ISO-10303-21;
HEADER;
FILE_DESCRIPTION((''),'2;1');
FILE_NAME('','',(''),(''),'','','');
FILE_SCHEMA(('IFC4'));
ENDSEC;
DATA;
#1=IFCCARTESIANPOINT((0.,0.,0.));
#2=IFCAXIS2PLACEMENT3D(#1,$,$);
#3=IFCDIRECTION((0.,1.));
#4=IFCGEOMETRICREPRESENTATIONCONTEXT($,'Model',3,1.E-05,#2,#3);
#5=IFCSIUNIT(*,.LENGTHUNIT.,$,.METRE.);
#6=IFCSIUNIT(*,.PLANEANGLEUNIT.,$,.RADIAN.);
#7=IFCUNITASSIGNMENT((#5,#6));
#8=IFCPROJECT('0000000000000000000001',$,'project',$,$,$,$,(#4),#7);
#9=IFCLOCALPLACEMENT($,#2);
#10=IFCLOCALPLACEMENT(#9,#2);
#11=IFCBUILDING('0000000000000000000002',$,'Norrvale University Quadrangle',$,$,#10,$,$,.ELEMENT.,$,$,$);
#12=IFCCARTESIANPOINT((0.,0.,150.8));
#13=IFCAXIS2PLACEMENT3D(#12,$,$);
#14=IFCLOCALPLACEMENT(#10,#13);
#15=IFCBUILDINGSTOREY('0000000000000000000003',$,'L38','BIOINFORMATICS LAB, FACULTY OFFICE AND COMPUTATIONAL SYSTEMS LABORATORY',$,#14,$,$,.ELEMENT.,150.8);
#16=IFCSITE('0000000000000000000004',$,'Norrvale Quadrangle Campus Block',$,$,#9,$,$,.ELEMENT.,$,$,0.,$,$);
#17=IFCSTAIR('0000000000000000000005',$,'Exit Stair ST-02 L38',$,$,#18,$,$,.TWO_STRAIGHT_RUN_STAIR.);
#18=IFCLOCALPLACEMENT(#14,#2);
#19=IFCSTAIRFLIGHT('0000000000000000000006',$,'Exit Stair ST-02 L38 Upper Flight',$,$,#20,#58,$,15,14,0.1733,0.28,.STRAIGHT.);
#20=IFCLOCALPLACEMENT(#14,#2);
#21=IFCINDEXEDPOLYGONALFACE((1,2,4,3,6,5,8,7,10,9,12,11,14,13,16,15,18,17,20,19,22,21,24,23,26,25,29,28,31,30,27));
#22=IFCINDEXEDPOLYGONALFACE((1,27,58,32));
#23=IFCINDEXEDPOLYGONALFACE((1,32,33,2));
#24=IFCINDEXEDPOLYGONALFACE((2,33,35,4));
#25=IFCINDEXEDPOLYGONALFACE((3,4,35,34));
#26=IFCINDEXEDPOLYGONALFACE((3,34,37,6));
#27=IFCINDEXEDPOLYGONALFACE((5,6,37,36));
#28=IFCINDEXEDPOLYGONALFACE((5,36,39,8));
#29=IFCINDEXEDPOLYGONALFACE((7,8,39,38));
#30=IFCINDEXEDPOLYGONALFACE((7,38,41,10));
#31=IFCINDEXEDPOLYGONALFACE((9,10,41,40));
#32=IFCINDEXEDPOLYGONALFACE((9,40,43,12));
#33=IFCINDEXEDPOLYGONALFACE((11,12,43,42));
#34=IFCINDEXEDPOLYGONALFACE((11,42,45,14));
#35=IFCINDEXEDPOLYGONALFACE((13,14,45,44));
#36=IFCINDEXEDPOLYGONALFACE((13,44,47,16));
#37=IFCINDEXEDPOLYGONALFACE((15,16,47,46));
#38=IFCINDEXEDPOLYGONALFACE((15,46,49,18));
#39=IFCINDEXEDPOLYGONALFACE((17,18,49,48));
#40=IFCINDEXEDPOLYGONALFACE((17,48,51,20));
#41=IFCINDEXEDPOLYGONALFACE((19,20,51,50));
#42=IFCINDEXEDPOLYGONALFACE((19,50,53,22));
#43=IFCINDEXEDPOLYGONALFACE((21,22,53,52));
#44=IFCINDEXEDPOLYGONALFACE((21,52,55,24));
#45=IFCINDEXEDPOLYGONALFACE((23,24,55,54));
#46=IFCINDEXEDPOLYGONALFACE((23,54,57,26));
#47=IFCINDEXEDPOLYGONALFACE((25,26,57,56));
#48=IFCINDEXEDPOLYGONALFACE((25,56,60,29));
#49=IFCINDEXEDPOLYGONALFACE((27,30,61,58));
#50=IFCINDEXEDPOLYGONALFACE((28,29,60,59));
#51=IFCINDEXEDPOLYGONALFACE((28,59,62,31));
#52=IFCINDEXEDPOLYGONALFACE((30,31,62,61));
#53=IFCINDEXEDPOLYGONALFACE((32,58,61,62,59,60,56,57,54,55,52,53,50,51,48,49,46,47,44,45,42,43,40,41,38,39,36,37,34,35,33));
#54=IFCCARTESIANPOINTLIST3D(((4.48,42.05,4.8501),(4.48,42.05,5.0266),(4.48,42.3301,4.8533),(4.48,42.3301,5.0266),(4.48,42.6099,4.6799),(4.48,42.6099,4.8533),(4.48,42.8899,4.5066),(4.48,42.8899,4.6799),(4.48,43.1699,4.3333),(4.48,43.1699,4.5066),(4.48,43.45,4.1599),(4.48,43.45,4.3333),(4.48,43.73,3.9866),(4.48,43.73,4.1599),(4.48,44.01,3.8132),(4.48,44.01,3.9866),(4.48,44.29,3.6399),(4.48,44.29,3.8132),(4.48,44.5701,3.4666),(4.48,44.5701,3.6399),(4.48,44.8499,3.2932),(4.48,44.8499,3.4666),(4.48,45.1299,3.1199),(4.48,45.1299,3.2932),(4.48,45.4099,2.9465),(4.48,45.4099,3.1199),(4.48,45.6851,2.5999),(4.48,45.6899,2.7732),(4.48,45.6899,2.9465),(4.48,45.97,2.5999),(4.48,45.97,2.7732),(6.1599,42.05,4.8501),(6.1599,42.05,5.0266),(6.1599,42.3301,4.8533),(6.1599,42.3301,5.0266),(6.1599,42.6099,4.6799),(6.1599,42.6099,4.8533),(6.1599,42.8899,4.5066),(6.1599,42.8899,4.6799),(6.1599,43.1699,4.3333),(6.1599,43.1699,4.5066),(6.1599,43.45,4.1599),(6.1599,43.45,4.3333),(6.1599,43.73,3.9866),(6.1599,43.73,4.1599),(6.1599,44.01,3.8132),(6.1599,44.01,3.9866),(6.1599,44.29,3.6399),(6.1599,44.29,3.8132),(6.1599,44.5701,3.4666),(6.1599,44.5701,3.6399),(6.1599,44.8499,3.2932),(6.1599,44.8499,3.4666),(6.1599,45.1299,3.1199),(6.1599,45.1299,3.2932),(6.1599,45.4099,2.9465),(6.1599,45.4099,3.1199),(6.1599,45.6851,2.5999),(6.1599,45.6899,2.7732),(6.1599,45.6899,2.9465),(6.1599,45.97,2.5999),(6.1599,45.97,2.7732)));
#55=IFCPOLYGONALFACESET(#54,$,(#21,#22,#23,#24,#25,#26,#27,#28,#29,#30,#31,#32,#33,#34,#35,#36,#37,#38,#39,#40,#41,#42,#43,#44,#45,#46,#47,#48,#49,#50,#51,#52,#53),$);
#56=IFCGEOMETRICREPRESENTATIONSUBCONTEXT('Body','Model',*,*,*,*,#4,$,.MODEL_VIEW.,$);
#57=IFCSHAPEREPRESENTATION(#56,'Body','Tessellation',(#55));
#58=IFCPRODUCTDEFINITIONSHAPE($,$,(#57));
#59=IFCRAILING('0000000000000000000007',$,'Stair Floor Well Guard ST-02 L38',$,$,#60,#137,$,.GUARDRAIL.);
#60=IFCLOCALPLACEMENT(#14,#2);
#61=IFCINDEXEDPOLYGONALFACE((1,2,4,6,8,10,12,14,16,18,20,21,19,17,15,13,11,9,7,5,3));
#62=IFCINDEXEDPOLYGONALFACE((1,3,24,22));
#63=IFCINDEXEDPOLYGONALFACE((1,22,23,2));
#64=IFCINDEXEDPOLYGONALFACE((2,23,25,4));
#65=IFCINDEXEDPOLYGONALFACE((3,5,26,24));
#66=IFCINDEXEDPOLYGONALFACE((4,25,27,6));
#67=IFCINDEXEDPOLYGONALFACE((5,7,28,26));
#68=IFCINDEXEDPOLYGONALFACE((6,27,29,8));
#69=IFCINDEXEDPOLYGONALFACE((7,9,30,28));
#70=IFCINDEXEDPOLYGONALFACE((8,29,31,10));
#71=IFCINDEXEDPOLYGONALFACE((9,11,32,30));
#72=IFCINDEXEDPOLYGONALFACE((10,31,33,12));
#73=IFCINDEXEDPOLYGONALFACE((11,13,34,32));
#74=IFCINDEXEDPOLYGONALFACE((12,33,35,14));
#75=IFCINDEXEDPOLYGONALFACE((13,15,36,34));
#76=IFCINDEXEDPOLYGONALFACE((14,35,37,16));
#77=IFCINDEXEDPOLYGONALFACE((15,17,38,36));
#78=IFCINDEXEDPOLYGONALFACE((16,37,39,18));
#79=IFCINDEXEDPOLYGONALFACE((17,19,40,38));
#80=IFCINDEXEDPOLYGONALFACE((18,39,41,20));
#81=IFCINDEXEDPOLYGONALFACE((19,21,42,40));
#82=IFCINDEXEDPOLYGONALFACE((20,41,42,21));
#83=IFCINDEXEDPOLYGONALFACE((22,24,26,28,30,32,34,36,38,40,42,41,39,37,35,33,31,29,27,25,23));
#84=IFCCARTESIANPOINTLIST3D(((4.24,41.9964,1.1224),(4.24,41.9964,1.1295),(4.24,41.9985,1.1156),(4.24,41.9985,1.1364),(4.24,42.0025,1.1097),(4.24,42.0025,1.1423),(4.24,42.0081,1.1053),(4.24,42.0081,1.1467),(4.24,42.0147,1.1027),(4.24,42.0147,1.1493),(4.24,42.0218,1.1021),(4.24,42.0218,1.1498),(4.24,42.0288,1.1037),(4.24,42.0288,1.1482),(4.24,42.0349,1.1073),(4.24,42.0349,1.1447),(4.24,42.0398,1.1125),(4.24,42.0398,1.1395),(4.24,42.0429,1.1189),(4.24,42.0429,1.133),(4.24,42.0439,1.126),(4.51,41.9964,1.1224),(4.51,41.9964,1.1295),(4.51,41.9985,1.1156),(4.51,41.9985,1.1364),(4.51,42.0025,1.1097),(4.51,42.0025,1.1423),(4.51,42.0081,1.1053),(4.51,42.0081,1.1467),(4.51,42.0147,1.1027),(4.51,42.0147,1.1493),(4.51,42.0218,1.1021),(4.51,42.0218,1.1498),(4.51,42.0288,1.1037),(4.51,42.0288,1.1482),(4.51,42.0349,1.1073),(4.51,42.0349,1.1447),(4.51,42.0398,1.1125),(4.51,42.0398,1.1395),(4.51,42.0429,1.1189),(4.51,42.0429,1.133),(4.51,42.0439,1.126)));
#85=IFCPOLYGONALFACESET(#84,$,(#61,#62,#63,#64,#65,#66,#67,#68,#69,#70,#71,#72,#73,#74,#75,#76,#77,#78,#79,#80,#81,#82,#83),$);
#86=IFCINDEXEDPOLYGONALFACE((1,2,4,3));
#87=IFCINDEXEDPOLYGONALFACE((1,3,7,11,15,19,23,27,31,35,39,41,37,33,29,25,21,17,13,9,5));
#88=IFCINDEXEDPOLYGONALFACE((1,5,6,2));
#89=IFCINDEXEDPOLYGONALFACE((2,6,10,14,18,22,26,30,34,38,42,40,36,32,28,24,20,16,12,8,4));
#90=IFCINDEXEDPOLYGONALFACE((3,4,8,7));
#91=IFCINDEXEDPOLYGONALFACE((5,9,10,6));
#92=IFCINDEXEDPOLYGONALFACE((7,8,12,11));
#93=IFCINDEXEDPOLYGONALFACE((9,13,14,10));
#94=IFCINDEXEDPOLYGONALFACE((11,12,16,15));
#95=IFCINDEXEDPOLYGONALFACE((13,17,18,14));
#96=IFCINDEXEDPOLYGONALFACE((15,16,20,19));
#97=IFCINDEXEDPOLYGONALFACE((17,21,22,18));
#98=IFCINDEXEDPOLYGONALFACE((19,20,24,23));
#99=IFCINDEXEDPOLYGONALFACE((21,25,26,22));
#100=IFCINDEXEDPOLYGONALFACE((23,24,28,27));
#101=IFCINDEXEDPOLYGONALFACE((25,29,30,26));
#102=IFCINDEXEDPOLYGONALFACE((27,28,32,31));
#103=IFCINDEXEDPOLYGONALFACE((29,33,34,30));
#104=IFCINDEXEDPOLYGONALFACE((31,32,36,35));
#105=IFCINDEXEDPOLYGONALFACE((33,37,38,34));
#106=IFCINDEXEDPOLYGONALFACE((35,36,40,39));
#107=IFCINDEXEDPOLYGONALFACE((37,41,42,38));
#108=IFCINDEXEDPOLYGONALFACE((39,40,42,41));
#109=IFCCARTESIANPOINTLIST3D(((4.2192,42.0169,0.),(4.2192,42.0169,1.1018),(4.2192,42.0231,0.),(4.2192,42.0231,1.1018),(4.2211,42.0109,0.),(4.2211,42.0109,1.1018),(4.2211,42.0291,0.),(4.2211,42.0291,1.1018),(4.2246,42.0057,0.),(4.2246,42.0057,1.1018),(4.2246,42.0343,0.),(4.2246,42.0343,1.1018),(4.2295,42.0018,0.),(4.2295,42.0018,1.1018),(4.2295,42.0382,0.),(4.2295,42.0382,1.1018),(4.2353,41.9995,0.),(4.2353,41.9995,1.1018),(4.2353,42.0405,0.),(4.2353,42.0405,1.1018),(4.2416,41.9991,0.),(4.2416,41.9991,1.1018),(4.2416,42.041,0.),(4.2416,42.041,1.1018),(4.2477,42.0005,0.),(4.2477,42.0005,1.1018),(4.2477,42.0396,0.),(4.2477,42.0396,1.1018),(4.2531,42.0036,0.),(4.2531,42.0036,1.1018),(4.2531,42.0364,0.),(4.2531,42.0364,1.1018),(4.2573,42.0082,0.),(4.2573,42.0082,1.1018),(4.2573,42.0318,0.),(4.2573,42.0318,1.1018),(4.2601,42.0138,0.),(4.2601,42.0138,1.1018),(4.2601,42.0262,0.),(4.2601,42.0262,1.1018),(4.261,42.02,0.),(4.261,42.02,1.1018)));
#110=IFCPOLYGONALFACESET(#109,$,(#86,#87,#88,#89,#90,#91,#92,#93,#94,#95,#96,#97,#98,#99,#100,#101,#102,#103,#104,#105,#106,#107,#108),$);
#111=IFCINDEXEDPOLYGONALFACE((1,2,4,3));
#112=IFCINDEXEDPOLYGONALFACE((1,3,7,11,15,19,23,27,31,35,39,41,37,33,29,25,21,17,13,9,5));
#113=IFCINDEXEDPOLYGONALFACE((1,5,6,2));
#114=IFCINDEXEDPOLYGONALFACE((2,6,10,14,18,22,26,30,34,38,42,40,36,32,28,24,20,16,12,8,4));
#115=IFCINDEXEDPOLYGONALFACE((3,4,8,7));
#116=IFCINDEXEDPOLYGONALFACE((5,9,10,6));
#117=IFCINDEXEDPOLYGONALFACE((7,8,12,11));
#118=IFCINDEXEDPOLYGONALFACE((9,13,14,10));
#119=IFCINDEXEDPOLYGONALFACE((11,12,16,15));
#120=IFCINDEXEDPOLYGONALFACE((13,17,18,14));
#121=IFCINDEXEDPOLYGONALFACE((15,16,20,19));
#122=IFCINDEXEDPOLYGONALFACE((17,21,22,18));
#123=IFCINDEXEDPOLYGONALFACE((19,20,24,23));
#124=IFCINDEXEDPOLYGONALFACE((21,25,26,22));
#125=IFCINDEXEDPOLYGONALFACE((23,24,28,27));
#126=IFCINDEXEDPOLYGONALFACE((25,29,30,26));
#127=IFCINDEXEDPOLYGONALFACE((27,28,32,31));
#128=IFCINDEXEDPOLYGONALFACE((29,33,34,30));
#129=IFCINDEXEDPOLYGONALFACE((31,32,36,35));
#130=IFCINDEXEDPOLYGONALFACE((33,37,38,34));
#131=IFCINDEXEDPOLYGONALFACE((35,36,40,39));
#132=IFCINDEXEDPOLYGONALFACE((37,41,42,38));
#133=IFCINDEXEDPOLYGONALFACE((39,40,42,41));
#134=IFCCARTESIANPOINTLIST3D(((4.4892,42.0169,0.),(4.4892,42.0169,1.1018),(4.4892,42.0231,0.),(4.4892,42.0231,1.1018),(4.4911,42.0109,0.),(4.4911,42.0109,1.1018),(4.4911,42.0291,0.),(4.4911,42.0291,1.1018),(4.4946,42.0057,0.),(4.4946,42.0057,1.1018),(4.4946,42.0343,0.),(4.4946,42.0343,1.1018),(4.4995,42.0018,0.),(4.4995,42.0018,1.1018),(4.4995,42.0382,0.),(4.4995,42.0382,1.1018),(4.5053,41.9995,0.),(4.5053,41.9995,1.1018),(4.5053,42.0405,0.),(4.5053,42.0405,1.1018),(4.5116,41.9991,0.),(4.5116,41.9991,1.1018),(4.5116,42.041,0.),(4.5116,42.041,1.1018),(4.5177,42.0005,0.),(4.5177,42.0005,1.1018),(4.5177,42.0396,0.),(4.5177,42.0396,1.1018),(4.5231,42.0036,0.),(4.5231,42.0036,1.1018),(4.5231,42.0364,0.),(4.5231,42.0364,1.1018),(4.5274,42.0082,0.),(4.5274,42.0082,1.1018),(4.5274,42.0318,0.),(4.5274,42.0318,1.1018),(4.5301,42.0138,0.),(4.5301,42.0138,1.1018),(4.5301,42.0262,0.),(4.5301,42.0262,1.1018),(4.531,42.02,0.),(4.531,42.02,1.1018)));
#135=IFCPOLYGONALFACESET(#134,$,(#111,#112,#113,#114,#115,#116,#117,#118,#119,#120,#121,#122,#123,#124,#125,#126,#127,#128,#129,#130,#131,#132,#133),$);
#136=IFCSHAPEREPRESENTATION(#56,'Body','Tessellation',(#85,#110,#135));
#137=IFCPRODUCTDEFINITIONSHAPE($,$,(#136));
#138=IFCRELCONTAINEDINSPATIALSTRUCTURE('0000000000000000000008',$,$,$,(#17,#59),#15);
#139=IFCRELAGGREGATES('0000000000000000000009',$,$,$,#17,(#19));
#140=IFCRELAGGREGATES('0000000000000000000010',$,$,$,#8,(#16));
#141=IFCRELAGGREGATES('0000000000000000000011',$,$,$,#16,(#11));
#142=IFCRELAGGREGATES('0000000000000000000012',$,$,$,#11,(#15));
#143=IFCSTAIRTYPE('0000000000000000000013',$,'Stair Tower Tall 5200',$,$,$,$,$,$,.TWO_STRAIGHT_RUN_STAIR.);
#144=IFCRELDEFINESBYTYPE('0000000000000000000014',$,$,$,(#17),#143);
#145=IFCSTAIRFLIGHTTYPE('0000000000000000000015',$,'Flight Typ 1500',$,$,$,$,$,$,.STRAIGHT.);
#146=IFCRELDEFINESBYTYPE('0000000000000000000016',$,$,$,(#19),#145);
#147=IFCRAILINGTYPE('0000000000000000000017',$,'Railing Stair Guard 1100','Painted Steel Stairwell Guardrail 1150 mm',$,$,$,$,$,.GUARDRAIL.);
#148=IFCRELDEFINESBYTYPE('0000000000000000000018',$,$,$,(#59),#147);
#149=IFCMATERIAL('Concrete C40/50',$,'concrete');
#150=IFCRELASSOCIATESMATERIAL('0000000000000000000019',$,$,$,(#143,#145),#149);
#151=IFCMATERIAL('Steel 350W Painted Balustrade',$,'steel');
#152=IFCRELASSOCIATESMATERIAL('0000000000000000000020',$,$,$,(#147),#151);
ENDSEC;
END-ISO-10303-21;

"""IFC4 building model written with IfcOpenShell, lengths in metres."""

from ifc_helpers import new_model, si_unit, direction, frame, origin, origin_2d, place, context, subcontext, project, spatial, polyline, circle, outline, extrude, material, type_object, element, aggregate, save


model = new_model("IFC4")

# Units and contexts
model_context = context("Model", 3, precision=1e-05, world=origin(), true_north=direction((0.0, 1.0)))
body_context = subcontext(model_context, "Body", "Model", "MODEL_VIEW")
ifc_project = project(units=[si_unit("LENGTHUNIT", "METRE"), si_unit("PLANEANGLEUNIT", "RADIAN")], contexts=[model_context])

# Site, building, storey
site_placement = place(None, origin())
site = spatial("IfcSite", under=ifc_project, at=site_placement, Name="Norrvale Quadrangle Campus Block", CompositionType="ELEMENT", RefElevation=0.0)
building_placement = place(site_placement, origin())
building = spatial("IfcBuilding", under=site, at=building_placement, Name="Norrvale University Quadrangle", CompositionType="ELEMENT")
storey_placement = place(building_placement, frame((0.0, 0.0, 150.8)))
storey = spatial("IfcBuildingStorey", under=building, at=storey_placement, Name="L38", Description="BIOINFORMATICS LAB, FACULTY OFFICE AND COMPUTATIONAL SYSTEMS LABORATORY", CompositionType="ELEMENT", Elevation=150.8)

# Stair, stair flight
ifc_material_1 = material(Name="Concrete C40/50", Category="concrete")
stair_type = type_object("IfcStairType", Name="Stair Tower Tall 5200", PredefinedType="TWO_STRAIGHT_RUN_STAIR", material=ifc_material_1)
stair_placement = place(storey_placement, origin())
stair = element("IfcStair", 1, at=stair_placement, inside=storey, type_object=stair_type, Name="Exit Stair ST-02 L38", PredefinedType="TWO_STRAIGHT_RUN_STAIR")
stair_flight_type = type_object("IfcStairFlightType", Name="Flight Typ 1500", PredefinedType="STRAIGHT", material=ifc_material_1)
stair_flight_1_placement = place(storey_placement, frame((5.3201, 45.97, 2.5999), z_axis=(0.0, 0.0, 1.0), x_axis=(0.0, -1.0, 0.0)))
stair_flight_1 = element("IfcStairFlight", 2, at=stair_flight_1_placement, type_object=stair_flight_type, Name="Exit Stair ST-02 L38 Upper Flight", NumberOfRisers=15, NumberOfTreads=14, PredefinedType="STRAIGHT", RiserHeight=0.1733, TreadLength=0.28, context=body_context, shape_type="SweptSolid", body=[
    extrude(outline(polyline([(0.0, 0.0), (0.0, 0.1733), (0.28, 0.1733), (0.28, 0.3467), (0.5601, 0.3467), (0.5601, 0.52), (0.8401, 0.52), (0.8401, 0.6934), (1.1201, 0.6934), (1.1201, 0.8667), (1.3999, 0.8667), (1.3999, 1.04), (1.6799, 1.04), (1.6799, 1.2134), (1.96, 1.2134), (1.96, 1.3867), (2.24, 1.3867), (2.24, 1.5601), (2.52, 1.5601), (2.52, 1.7334), (2.8, 1.7334), (2.8, 1.9067), (3.0801, 1.9067), (3.0801, 2.0801), (3.3601, 2.0801), (3.3601, 2.2534), (3.6399, 2.2534), (3.6399, 2.4268), (3.9199, 2.4268), (3.9199, 2.6001), (3.9199, 2.2502), (0.2849, 0.0), (0.0, 0.0)])), frame((0.0, 0.8398, 0.0), z_axis=(0.0, -1.0, 0.0), x_axis=(1.0, 0.0, 0.0)), (0.0, 0.0, 1.0), 1.6799),
])
aggregate(stair, [stair_flight_1])

# Railing
ifc_material_2 = material(Name="Steel 350W Painted Balustrade", Category="steel")
railing_type_1 = type_object("IfcRailingType", Name="Railing Stair Guard 1100", Description="Painted Steel Stairwell Guardrail 1150 mm", PredefinedType="GUARDRAIL", material=ifc_material_2)
for number, where, name in (
    (3, (4.24, 42.02, 0.0), "Stair Floor Well Guard ST-02 L38"),
):
    element("IfcRailing", number, at=place(storey_placement, frame(where)), inside=storey, type_object=railing_type_1, Name=name, PredefinedType="GUARDRAIL", context=body_context, shape_type="SweptSolid", body=[
        extrude(circle(Radius=0.0239, at=origin_2d()), frame((0.0, 0.0, 1.126), z_axis=(1.0, 0.0, 0.0), x_axis=(0.0, 1.0, 0.0)), (0.0, 0.0, 1.0), 0.27),
        extrude(circle(Radius=0.021, at=origin_2d()), origin(), (0.0, 0.0, 1.0), 1.1018),
        extrude(circle(Radius=0.021, at=origin_2d()), frame((0.27, 0.0, 0.0)), (0.0, 0.0, 1.0), 1.1018),
    ])

save(model, "model.ifc")
